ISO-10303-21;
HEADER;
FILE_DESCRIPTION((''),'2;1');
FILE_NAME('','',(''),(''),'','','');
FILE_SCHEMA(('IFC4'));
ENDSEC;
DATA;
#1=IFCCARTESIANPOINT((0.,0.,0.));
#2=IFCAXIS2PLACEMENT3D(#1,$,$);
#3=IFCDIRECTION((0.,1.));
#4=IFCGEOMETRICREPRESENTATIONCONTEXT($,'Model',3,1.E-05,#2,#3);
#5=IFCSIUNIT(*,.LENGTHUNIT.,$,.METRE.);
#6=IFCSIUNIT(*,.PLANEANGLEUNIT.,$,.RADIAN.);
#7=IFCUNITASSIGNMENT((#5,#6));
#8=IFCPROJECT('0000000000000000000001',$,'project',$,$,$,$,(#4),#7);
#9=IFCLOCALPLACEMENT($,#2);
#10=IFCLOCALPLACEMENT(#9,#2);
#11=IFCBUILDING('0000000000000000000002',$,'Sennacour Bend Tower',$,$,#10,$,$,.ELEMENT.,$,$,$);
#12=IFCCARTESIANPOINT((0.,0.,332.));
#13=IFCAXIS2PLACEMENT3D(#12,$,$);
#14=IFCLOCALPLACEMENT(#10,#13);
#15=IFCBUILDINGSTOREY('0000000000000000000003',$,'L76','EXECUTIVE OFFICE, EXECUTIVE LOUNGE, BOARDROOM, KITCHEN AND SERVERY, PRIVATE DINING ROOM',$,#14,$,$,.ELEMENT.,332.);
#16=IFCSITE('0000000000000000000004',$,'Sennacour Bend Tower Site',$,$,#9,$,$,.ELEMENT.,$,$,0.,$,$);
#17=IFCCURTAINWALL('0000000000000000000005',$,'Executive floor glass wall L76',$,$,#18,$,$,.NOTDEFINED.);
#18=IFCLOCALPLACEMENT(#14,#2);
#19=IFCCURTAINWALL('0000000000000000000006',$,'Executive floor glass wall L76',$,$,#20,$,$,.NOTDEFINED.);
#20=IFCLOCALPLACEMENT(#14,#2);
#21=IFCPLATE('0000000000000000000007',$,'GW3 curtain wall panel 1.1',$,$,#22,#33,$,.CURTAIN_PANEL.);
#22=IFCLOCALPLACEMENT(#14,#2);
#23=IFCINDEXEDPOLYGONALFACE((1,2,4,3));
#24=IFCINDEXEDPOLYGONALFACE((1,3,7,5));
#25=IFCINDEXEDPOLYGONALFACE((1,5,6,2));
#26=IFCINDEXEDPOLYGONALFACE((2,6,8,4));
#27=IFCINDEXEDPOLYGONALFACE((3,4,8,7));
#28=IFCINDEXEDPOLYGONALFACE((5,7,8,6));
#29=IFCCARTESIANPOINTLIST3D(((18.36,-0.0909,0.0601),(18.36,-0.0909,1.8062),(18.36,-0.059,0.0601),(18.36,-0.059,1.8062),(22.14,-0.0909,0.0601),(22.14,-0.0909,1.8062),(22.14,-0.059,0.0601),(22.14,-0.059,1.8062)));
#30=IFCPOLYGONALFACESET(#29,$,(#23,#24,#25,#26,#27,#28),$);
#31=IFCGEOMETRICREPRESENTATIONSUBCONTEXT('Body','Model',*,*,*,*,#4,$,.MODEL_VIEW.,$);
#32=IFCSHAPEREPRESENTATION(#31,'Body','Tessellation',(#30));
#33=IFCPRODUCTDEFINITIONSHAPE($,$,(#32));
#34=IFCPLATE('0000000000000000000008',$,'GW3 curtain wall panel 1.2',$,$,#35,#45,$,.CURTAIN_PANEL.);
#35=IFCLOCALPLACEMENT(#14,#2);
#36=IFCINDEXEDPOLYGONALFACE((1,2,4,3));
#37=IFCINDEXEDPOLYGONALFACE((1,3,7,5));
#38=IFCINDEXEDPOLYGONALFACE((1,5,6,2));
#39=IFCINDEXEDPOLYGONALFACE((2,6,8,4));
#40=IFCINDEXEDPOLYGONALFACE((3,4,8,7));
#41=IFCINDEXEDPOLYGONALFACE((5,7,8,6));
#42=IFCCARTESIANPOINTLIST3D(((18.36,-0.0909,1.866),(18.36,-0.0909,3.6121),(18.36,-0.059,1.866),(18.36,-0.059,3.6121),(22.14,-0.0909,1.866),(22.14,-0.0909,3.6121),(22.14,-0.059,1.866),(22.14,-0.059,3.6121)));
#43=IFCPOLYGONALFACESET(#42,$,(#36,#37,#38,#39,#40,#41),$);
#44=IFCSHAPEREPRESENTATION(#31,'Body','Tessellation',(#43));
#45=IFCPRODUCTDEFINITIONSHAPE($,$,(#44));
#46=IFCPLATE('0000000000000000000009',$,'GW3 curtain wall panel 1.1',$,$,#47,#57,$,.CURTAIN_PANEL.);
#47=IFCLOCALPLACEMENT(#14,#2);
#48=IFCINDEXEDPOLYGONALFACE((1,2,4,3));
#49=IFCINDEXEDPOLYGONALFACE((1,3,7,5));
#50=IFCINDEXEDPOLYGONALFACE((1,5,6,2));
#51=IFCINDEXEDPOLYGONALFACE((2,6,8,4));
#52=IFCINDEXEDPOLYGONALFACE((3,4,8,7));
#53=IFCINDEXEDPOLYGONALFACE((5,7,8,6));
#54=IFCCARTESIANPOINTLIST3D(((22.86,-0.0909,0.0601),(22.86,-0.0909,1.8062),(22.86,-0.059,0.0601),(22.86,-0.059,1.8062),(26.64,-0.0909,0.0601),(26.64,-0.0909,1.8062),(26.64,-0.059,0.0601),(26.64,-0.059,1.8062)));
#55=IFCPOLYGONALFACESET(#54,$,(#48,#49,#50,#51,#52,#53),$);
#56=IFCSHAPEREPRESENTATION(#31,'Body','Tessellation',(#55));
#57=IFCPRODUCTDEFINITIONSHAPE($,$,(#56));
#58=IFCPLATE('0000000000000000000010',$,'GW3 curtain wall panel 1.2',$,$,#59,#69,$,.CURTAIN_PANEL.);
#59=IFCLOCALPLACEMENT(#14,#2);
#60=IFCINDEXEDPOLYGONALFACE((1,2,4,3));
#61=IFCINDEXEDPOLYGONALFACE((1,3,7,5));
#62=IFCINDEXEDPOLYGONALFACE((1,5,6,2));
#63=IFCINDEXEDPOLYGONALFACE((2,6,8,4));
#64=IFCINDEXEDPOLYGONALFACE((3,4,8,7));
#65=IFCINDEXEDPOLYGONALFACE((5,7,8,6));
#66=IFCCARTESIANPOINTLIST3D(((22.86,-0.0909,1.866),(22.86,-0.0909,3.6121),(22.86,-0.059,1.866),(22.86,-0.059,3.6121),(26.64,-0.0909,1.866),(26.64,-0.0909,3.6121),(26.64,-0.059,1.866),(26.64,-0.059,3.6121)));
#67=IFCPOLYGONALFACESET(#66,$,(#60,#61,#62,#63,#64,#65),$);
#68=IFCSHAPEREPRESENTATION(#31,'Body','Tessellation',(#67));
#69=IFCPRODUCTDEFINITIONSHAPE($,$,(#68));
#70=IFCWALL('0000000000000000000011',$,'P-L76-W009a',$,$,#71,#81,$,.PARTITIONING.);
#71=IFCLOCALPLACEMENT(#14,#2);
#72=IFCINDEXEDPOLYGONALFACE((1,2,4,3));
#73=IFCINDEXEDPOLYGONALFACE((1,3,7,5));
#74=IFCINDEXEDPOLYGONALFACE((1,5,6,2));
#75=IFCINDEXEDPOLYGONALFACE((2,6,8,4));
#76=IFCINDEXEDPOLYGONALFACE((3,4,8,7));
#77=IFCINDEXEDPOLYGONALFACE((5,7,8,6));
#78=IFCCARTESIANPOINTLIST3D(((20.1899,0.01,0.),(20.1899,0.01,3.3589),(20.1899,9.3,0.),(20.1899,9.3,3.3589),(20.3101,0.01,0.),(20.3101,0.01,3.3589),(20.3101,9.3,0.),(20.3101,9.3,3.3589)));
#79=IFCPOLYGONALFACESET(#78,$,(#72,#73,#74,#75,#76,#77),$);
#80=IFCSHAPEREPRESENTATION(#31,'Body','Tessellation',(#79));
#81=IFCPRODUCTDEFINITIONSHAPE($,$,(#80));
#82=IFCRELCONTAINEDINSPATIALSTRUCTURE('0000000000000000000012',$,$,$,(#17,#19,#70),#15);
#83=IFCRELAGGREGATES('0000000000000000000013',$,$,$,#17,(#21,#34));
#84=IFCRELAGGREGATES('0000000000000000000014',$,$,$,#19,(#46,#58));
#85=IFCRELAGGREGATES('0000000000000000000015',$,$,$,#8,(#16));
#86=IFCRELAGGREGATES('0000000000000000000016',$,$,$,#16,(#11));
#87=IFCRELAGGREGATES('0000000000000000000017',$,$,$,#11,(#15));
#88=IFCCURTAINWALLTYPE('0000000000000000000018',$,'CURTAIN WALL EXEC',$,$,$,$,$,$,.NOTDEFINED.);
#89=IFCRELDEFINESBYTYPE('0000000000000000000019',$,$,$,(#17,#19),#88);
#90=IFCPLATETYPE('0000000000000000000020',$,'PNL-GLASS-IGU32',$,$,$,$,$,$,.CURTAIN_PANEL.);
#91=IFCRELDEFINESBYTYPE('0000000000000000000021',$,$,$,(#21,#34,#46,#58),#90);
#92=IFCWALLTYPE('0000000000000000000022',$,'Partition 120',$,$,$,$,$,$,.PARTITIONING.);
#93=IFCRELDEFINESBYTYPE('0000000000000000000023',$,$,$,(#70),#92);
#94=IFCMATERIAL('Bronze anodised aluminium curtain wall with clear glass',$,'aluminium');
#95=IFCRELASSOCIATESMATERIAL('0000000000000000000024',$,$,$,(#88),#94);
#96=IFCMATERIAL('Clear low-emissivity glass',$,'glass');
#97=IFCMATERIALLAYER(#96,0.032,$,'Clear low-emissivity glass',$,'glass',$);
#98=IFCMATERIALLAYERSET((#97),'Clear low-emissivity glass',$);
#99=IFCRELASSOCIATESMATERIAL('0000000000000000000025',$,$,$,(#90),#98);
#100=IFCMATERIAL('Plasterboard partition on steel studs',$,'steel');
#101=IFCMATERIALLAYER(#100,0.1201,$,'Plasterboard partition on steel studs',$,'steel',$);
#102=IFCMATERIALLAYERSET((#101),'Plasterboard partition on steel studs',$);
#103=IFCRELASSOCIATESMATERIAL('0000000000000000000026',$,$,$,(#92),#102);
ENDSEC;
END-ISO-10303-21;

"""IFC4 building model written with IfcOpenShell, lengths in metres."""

from ifc_helpers import new_model, si_unit, direction, frame, frame_2d, origin, origin_2d, place, context, subcontext, project, spatial, rectangle, extrude, material, layer, layer_set, type_object, element, aggregate, save


model = new_model("IFC4")

# Units and contexts
model_context = context("Model", 3, precision=1e-05, world=origin(), true_north=direction((0.0, 1.0)))
body_context = subcontext(model_context, "Body", "Model", "MODEL_VIEW")
ifc_project = project(units=[si_unit("LENGTHUNIT", "METRE"), si_unit("PLANEANGLEUNIT", "RADIAN")], contexts=[model_context])

# Site, building, storey
site_placement = place(None, origin())
site = spatial("IfcSite", under=ifc_project, at=site_placement, Name="Sennacour Bend Tower Site", CompositionType="ELEMENT", RefElevation=0.0)
building_placement = place(site_placement, origin())
building = spatial("IfcBuilding", under=site, at=building_placement, Name="Sennacour Bend Tower", CompositionType="ELEMENT")
storey_placement = place(building_placement, frame((0.0, 0.0, 332.0)))
storey = spatial("IfcBuildingStorey", under=building, at=storey_placement, Name="L76", Description="EXECUTIVE OFFICE, EXECUTIVE LOUNGE, BOARDROOM, KITCHEN AND SERVERY, PRIVATE DINING ROOM", CompositionType="ELEMENT", Elevation=332.0)

# Curtain walls
ifc_material_1 = material(Name="Bronze anodised aluminium curtain wall with clear glass", Category="aluminium")
curtain_wall_type = type_object("IfcCurtainWallType", Name="CURTAIN WALL EXEC", PredefinedType="NOTDEFINED", material=ifc_material_1)
curtain_wall_1_placement = place(storey_placement, origin())
curtain_wall_1 = element("IfcCurtainWall", 1, at=curtain_wall_1_placement, inside=storey, type_object=curtain_wall_type, Name="Executive floor glass wall L76", PredefinedType="NOTDEFINED")
curtain_wall_2_placement = place(storey_placement, origin())
curtain_wall_2 = element("IfcCurtainWall", 2, at=curtain_wall_2_placement, inside=storey, type_object=curtain_wall_type, Name="Executive floor glass wall L76", PredefinedType="NOTDEFINED")

# Plates
ifc_material_2 = material(Name="Clear low-emissivity glass", Category="glass")
ifc_layer_1 = layer(ifc_material_2, 0.032, Name="Clear low-emissivity glass", Category="glass")
ifc_layer_set_1 = layer_set([ifc_layer_1], Name="Clear low-emissivity glass")
plate_type = type_object("IfcPlateType", Name="PNL-GLASS-IGU32", PredefinedType="CURTAIN_PANEL", material=ifc_layer_set_1)
plate_1_placement = place(storey_placement, frame((20.25, -0.075, 0.0601), z_axis=(0.0, 0.0, 1.0), x_axis=(1.0, 0.0, 0.0)))
plate_1 = element("IfcPlate", 3, at=plate_1_placement, type_object=plate_type, Name="GW3 curtain wall panel 1.1", PredefinedType="CURTAIN_PANEL", context=body_context, shape_type="SweptSolid", body=[
    extrude(rectangle(XDim=3.78, YDim=0.032, at=origin_2d()), origin(), (0.0, 0.0, 1.0), 1.7461),
])
plate_2_placement = place(storey_placement, frame((20.25, -0.075, 1.866), z_axis=(0.0, 0.0, 1.0), x_axis=(1.0, 0.0, 0.0)))
plate_2 = element("IfcPlate", 4, at=plate_2_placement, type_object=plate_type, Name="GW3 curtain wall panel 1.2", PredefinedType="CURTAIN_PANEL", context=body_context, shape_type="SweptSolid", body=[
    extrude(rectangle(XDim=3.78, YDim=0.032, at=origin_2d()), origin(), (0.0, 0.0, 1.0), 1.7461),
])
aggregate(curtain_wall_1, [plate_1, plate_2])
plate_3_placement = place(storey_placement, frame((24.75, -0.075, 0.0601), z_axis=(0.0, 0.0, 1.0), x_axis=(1.0, 0.0, 0.0)))
plate_3 = element("IfcPlate", 5, at=plate_3_placement, type_object=plate_type, Name="GW3 curtain wall panel 1.1", PredefinedType="CURTAIN_PANEL", context=body_context, shape_type="SweptSolid", body=[
    extrude(rectangle(XDim=3.78, YDim=0.032, at=origin_2d()), origin(), (0.0, 0.0, 1.0), 1.7461),
])
plate_4_placement = place(storey_placement, frame((24.75, -0.075, 1.866), z_axis=(0.0, 0.0, 1.0), x_axis=(1.0, 0.0, 0.0)))
plate_4 = element("IfcPlate", 6, at=plate_4_placement, type_object=plate_type, Name="GW3 curtain wall panel 1.2", PredefinedType="CURTAIN_PANEL", context=body_context, shape_type="SweptSolid", body=[
    extrude(rectangle(XDim=3.78, YDim=0.032, at=origin_2d()), origin(), (0.0, 0.0, 1.0), 1.7461),
])
aggregate(curtain_wall_2, [plate_3, plate_4])

# Wall
ifc_material_3 = material(Name="Plasterboard partition on steel studs", Category="steel")
ifc_layer_2 = layer(ifc_material_3, 0.1201, Name="Plasterboard partition on steel studs", Category="steel")
ifc_layer_set_2 = layer_set([ifc_layer_2], Name="Plasterboard partition on steel studs")
wall_type = type_object("IfcWallType", Name="Partition 120", PredefinedType="PARTITIONING", material=ifc_layer_set_2)
wall_placement = place(storey_placement, frame((20.25, 0.01, 0.0), z_axis=(0.0, 0.0, 1.0), x_axis=(0.0, 1.0, 0.0)))
element("IfcWall", 7, at=wall_placement, inside=storey, type_object=wall_type, Name="P-L76-W009a", PredefinedType="PARTITIONING", context=body_context, shape_type="SweptSolid", body=[
    extrude(rectangle(XDim=9.29, YDim=0.1201, at=frame_2d((4.645, 0.0))), origin(), (0.0, 0.0, 1.0), 3.3589),
])

save(model, "model.ifc")
